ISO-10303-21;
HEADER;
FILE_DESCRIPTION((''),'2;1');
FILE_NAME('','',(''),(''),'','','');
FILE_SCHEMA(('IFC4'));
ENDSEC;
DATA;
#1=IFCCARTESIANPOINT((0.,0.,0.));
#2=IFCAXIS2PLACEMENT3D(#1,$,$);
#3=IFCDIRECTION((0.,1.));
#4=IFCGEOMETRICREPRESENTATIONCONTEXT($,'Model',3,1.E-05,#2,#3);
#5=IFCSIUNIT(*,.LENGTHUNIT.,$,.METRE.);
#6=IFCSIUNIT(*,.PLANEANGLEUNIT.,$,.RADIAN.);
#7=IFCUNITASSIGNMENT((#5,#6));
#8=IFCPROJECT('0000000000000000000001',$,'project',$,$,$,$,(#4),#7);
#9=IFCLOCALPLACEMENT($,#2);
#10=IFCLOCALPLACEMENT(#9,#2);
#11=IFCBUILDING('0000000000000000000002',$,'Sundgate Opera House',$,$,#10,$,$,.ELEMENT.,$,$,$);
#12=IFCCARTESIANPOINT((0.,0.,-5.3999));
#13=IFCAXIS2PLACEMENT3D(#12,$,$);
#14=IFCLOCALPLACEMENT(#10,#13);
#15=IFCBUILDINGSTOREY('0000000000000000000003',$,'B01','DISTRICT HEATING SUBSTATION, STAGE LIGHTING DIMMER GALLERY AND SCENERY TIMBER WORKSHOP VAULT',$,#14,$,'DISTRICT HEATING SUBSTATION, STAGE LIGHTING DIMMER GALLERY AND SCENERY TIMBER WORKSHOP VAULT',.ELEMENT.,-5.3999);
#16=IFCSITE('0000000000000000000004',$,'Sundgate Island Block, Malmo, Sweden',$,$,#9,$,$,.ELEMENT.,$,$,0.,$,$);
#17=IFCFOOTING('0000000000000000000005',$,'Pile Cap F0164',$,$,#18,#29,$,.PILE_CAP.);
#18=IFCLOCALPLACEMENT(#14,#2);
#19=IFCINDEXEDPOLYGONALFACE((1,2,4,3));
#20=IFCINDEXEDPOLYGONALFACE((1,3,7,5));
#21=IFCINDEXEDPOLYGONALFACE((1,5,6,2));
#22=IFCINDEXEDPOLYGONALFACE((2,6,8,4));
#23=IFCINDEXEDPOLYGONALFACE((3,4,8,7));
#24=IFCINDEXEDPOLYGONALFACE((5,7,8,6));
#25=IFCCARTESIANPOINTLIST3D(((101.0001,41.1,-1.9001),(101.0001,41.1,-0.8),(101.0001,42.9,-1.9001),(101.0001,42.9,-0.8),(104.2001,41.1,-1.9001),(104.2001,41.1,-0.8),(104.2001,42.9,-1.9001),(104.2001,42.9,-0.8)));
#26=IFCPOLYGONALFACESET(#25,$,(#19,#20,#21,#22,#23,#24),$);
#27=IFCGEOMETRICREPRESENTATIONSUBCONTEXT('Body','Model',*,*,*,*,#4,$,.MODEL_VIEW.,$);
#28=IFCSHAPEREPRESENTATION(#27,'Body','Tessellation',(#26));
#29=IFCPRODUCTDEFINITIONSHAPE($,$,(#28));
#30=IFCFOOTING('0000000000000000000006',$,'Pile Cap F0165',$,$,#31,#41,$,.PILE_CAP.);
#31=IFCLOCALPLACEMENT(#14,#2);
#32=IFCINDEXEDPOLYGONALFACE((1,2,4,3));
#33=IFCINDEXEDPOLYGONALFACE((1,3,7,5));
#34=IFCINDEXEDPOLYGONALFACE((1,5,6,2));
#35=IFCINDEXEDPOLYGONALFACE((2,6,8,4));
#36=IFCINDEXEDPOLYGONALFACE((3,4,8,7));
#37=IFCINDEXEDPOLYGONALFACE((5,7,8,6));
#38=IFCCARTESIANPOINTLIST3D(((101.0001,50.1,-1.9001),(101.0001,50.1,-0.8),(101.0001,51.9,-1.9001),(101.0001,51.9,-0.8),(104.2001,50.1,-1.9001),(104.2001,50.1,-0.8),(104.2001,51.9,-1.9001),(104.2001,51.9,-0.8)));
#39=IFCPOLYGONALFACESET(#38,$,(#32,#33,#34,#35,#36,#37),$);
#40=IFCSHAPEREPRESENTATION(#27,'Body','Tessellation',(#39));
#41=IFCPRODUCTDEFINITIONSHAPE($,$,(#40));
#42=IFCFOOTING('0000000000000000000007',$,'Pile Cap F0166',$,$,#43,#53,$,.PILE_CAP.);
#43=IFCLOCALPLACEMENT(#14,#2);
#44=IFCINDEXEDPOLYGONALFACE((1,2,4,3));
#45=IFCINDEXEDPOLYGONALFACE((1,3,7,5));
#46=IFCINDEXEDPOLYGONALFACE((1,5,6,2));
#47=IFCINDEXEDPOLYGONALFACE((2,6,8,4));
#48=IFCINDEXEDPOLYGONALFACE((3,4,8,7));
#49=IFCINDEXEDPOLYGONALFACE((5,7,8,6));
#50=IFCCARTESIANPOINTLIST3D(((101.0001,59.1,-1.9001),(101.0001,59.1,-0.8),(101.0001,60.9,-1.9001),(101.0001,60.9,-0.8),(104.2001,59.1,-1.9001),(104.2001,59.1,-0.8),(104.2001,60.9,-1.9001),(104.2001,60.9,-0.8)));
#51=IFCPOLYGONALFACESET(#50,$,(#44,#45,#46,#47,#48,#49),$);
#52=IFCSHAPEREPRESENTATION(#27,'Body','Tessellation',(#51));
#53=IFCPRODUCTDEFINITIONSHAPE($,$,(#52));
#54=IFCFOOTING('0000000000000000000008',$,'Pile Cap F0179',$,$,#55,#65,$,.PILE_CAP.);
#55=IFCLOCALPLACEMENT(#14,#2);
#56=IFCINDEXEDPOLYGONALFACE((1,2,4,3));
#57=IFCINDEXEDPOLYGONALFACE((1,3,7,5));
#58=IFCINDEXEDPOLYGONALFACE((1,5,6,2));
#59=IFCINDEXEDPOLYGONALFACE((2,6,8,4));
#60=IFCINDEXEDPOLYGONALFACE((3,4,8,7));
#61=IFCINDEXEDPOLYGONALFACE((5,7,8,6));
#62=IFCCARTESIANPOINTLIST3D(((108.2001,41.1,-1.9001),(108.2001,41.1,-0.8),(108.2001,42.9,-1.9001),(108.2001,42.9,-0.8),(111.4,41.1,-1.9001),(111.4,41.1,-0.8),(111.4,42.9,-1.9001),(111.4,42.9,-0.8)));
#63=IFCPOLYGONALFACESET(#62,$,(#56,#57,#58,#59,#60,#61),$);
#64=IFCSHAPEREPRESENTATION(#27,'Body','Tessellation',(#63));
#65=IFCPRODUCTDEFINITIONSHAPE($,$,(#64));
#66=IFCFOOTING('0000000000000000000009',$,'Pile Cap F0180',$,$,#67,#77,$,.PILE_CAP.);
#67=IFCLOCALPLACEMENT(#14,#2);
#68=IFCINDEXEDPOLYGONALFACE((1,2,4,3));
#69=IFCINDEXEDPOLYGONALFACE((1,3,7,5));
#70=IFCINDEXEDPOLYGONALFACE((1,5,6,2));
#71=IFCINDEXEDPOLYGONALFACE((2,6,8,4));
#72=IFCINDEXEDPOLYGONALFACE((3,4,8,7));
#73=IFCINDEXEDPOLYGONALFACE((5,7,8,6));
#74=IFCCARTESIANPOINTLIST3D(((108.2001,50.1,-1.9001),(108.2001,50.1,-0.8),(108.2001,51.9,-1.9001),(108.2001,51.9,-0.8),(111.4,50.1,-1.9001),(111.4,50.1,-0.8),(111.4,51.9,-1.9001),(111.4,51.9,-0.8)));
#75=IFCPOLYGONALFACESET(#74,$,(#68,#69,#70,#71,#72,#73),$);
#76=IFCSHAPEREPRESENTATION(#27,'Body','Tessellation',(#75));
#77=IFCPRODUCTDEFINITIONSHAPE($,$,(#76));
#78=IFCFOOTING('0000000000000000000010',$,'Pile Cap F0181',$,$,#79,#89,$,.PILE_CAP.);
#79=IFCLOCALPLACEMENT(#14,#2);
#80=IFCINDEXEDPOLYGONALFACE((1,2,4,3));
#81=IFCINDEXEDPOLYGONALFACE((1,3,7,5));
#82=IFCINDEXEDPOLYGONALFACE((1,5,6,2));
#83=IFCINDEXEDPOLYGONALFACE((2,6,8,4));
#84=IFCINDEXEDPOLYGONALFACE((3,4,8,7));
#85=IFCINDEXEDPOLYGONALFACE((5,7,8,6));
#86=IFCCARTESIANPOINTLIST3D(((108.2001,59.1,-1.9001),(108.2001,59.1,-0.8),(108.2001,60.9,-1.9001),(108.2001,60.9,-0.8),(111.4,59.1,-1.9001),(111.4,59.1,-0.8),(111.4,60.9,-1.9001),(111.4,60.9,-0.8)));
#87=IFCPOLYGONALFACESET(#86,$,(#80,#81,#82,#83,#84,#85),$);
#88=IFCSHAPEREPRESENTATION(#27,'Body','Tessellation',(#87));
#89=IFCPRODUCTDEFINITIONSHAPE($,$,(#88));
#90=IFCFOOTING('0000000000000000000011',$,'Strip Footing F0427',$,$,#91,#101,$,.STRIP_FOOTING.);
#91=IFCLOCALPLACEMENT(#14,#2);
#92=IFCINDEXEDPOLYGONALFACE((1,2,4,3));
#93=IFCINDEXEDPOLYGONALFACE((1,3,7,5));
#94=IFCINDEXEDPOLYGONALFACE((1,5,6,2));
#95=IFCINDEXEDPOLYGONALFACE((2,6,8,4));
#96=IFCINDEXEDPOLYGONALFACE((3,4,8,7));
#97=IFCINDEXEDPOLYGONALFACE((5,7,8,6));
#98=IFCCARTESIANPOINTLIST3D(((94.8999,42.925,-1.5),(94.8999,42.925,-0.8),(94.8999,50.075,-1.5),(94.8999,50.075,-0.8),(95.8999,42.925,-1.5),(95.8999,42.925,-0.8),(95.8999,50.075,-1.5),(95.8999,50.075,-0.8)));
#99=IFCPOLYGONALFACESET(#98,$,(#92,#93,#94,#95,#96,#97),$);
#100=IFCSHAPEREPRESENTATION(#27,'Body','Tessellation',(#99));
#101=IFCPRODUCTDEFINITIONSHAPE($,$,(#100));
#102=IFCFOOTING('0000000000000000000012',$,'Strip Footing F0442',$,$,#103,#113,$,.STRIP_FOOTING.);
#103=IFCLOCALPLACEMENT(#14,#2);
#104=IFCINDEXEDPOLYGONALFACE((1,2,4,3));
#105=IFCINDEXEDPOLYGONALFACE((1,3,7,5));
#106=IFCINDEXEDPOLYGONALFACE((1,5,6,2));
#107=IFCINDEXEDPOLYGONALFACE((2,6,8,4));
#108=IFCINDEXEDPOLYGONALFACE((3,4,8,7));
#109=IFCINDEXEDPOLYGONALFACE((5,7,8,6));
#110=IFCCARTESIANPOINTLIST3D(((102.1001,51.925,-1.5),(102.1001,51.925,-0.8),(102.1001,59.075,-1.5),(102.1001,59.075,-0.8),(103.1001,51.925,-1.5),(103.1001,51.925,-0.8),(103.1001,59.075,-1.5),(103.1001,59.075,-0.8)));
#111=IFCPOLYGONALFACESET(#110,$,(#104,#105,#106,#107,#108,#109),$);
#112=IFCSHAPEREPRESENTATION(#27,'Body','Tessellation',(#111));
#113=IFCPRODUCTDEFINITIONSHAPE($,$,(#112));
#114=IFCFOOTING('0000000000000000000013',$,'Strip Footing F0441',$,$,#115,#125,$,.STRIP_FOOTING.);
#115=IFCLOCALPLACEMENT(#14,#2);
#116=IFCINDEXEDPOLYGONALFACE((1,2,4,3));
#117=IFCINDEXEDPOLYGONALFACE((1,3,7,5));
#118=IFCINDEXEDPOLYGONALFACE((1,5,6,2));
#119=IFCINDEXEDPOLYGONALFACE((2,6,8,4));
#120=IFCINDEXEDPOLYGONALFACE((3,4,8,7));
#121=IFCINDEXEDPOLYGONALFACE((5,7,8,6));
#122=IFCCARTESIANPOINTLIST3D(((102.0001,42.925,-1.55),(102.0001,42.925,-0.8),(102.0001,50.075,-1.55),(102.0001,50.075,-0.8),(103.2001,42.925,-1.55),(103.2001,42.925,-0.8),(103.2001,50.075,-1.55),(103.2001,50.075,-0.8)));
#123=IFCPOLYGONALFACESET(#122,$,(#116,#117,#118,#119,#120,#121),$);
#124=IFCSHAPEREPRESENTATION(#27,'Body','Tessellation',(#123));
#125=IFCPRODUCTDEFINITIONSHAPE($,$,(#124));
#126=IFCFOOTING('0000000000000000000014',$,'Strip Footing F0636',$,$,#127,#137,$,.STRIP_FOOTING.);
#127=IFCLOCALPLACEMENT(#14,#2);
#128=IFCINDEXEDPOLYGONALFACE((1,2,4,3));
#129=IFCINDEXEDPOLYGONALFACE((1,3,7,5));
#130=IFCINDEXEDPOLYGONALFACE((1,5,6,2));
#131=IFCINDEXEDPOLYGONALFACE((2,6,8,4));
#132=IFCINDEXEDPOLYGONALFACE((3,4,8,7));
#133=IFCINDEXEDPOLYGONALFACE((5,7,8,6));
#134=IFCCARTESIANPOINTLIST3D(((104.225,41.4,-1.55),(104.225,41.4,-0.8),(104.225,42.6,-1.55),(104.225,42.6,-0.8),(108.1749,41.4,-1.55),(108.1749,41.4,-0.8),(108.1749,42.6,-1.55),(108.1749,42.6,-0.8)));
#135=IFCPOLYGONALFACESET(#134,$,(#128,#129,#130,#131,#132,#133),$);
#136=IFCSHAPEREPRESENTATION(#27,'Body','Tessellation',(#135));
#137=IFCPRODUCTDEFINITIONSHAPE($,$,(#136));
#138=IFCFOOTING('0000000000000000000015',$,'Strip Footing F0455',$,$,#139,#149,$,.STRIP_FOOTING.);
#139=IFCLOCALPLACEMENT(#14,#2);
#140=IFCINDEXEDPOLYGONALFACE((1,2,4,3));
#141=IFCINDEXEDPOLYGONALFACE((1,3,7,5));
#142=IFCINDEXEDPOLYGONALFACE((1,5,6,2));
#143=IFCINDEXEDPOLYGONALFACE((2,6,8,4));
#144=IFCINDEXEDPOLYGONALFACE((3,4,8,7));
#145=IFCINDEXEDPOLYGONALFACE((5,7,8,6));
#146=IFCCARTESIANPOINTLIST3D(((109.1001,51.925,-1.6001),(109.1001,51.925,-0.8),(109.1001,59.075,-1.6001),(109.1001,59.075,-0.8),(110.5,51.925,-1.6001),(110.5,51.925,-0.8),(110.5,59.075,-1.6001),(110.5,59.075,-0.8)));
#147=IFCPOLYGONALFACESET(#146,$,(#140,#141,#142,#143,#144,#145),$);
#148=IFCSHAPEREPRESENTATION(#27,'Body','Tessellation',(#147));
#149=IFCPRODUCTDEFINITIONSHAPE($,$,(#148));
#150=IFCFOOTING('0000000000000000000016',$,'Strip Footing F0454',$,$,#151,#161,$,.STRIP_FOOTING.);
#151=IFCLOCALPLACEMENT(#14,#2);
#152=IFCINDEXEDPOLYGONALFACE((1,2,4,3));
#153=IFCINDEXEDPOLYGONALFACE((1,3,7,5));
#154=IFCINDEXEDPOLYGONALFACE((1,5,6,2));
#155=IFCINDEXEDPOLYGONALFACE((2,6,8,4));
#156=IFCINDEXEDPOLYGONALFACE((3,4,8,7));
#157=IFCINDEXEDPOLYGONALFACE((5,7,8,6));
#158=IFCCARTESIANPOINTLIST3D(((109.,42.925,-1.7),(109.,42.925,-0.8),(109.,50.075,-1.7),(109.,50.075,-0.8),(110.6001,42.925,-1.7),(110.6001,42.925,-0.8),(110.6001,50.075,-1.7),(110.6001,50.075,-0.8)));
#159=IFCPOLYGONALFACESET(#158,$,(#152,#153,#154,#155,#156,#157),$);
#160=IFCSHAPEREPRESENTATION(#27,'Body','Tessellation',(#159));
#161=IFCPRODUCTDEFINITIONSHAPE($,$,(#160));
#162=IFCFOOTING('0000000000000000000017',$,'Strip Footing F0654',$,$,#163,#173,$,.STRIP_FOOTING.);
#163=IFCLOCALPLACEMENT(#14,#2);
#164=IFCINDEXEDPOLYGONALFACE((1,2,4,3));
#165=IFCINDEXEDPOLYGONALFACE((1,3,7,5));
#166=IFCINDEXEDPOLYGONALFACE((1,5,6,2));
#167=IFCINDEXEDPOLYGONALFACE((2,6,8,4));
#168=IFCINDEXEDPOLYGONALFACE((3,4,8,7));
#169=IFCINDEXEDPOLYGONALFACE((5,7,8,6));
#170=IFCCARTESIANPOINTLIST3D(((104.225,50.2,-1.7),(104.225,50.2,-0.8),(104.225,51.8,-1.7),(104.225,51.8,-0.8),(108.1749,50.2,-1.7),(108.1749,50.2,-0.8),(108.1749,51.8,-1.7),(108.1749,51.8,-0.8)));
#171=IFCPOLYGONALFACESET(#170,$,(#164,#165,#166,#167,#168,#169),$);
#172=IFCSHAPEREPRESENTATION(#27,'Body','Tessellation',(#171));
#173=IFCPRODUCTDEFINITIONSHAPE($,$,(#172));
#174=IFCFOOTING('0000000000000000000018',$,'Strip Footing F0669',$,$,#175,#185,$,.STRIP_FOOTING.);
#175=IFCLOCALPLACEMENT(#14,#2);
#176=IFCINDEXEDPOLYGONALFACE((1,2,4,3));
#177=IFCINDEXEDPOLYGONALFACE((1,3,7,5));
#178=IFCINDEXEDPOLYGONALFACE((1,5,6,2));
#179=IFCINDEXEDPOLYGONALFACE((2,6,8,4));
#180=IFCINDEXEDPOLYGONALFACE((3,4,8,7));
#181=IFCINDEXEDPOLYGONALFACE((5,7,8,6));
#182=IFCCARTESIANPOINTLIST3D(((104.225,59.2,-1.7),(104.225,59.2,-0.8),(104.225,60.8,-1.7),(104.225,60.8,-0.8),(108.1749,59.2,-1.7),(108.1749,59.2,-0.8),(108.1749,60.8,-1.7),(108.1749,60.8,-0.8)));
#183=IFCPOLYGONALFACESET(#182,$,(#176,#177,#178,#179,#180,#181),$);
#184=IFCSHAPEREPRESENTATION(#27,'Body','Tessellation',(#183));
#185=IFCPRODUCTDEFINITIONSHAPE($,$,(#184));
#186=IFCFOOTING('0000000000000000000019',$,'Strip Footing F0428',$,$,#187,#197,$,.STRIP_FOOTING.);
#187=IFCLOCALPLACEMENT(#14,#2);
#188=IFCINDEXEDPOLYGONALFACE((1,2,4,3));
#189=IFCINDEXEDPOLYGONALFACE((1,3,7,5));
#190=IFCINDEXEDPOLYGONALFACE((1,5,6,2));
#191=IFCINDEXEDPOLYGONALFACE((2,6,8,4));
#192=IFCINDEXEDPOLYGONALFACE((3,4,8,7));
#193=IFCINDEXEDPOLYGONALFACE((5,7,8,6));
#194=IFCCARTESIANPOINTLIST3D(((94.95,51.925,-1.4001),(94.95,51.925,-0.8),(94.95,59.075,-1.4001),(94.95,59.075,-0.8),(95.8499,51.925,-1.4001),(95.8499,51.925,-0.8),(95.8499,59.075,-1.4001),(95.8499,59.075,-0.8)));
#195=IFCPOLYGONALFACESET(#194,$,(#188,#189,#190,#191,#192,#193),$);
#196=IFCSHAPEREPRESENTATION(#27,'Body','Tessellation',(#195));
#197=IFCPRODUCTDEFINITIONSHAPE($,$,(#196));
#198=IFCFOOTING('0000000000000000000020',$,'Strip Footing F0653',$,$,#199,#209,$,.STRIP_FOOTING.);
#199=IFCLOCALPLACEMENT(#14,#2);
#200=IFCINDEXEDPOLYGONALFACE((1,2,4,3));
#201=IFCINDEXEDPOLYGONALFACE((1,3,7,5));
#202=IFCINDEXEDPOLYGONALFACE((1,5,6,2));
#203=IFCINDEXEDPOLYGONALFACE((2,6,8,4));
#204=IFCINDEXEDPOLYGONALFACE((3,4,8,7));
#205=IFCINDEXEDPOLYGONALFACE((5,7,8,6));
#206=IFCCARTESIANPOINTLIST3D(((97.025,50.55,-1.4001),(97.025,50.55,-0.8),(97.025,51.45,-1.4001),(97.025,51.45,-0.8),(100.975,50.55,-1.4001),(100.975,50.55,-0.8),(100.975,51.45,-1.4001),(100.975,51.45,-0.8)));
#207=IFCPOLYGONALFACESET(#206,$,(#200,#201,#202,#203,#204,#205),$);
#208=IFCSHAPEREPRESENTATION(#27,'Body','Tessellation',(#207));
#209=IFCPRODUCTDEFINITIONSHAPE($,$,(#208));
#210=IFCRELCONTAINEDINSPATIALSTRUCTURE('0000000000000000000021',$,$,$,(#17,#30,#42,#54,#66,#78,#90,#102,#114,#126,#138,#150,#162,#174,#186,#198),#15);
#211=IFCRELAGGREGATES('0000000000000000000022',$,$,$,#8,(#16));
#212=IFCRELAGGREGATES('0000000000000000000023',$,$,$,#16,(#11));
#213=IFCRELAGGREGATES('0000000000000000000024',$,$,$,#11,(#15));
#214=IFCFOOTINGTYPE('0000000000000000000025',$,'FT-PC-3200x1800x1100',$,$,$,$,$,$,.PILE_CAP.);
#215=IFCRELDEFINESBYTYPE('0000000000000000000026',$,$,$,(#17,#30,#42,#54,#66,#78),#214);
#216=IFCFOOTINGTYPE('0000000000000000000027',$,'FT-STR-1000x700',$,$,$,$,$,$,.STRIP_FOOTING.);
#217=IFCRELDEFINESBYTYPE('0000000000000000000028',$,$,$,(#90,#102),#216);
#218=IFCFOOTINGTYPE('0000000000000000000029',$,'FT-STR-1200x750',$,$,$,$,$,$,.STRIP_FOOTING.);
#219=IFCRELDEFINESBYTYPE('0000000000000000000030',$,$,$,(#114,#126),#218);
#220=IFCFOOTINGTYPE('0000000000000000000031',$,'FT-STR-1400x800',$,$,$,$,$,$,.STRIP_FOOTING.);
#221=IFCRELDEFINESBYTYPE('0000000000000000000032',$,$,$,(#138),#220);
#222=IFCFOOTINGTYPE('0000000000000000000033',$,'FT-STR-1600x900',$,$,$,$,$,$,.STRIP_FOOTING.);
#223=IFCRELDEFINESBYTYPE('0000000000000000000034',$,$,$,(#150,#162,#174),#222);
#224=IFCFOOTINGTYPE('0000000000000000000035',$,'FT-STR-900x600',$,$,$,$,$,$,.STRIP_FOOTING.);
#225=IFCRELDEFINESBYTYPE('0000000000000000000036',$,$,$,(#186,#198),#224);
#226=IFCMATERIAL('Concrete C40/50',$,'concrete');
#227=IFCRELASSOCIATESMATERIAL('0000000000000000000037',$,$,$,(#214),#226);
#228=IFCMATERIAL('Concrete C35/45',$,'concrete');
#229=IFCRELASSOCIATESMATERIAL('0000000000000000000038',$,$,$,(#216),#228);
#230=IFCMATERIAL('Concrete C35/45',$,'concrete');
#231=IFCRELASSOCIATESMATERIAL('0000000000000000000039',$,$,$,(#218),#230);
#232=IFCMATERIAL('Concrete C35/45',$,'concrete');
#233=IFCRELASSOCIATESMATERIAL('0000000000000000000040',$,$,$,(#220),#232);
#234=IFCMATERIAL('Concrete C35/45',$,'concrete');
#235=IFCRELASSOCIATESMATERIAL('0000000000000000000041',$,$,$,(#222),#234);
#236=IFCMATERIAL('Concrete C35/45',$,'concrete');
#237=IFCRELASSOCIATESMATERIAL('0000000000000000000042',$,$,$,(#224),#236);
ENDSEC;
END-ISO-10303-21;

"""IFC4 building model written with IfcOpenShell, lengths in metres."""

from ifc_helpers import new_model, si_unit, direction, frame, origin, origin_2d, place, context, subcontext, project, spatial, rectangle, extrude, material, type_object, element, save


model = new_model("IFC4")

# Units and contexts
model_context = context("Model", 3, precision=1e-05, world=origin(), true_north=direction((0.0, 1.0)))
body_context = subcontext(model_context, "Body", "Model", "MODEL_VIEW")
ifc_project = project(units=[si_unit("LENGTHUNIT", "METRE"), si_unit("PLANEANGLEUNIT", "RADIAN")], contexts=[model_context])

# Site, building, storey
site_placement = place(None, origin())
site = spatial("IfcSite", under=ifc_project, at=site_placement, Name="Sundgate Island Block, Malmo, Sweden", CompositionType="ELEMENT", RefElevation=0.0)
building_placement = place(site_placement, origin())
building = spatial("IfcBuilding", under=site, at=building_placement, Name="Sundgate Opera House", CompositionType="ELEMENT")
storey_placement = place(building_placement, frame((0.0, 0.0, -5.3999)))
storey = spatial("IfcBuildingStorey", under=building, at=storey_placement, Name="B01", Description="DISTRICT HEATING SUBSTATION, STAGE LIGHTING DIMMER GALLERY AND SCENERY TIMBER WORKSHOP VAULT", LongName="DISTRICT HEATING SUBSTATION, STAGE LIGHTING DIMMER GALLERY AND SCENERY TIMBER WORKSHOP VAULT", CompositionType="ELEMENT", Elevation=-5.3999)

# Footings
ifc_material_1 = material(Name="Concrete C40/50", Category="concrete")
footing_type_1 = type_object("IfcFootingType", Name="FT-PC-3200x1800x1100", PredefinedType="PILE_CAP", material=ifc_material_1)
for number, where, z_axis, x_axis, name in (
    (1, (102.6001, 42.0, -1.9001), (0.0, 0.0, 1.0), (1.0, 0.0, 0.0), "Pile Cap F0164"),
    (2, (102.6001, 51.0, -1.9001), (0.0, 0.0, 1.0), (1.0, 0.0, 0.0), "Pile Cap F0165"),
    (3, (102.6001, 60.0, -1.9001), (0.0, 0.0, 1.0), (1.0, 0.0, 0.0), "Pile Cap F0166"),
    (4, (109.8, 42.0, -1.9001), (0.0, 0.0, 1.0), (1.0, 0.0, 0.0), "Pile Cap F0179"),
    (5, (109.8, 51.0, -1.9001), (0.0, 0.0, 1.0), (1.0, 0.0, 0.0), "Pile Cap F0180"),
    (6, (109.8, 60.0, -1.9001), (0.0, 0.0, 1.0), (1.0, 0.0, 0.0), "Pile Cap F0181"),
):
    element("IfcFooting", number, at=place(storey_placement, frame(where, z_axis=z_axis, x_axis=x_axis)), inside=storey, type_object=footing_type_1, Name=name, PredefinedType="PILE_CAP", context=body_context, shape_type="SweptSolid", body=[
        extrude(rectangle(XDim=3.2, YDim=1.8, at=origin_2d()), origin(), (0.0, 0.0, 1.0), 1.1001),
    ])
ifc_material_2 = material(Name="Concrete C35/45", Category="concrete")
footing_type_2 = type_object("IfcFootingType", Name="FT-STR-1000x700", PredefinedType="STRIP_FOOTING", material=ifc_material_2)
for number, where, z_axis, x_axis, name in (
    (7, (95.3999, 46.5, -1.5), (0.0, 0.0, 1.0), (1.0, 0.0, 0.0), "Strip Footing F0427"),
    (8, (102.6001, 55.5, -1.5), (0.0, 0.0, 1.0), (1.0, 0.0, 0.0), "Strip Footing F0442"),
):
    element("IfcFooting", number, at=place(storey_placement, frame(where, z_axis=z_axis, x_axis=x_axis)), inside=storey, type_object=footing_type_2, Name=name, PredefinedType="STRIP_FOOTING", context=body_context, shape_type="SweptSolid", body=[
        extrude(rectangle(XDim=1.0, YDim=7.1499, at=origin_2d()), origin(), (0.0, 0.0, 1.0), 0.7),
    ])
ifc_material_3 = material(Name="Concrete C35/45", Category="concrete")
footing_type_3 = type_object("IfcFootingType", Name="FT-STR-1200x750", PredefinedType="STRIP_FOOTING", material=ifc_material_3)
footing_1_placement = place(storey_placement, frame((102.6001, 46.5, -1.55), z_axis=(0.0, 0.0, 1.0), x_axis=(1.0, 0.0, 0.0)))
element("IfcFooting", 9, at=footing_1_placement, inside=storey, type_object=footing_type_3, Name="Strip Footing F0441", PredefinedType="STRIP_FOOTING", context=body_context, shape_type="SweptSolid", body=[
    extrude(rectangle(XDim=1.2, YDim=7.1499, at=origin_2d()), origin(), (0.0, 0.0, 1.0), 0.75),
])
footing_2_placement = place(storey_placement, frame((106.2, 42.0, -1.55), z_axis=(0.0, 0.0, 1.0), x_axis=(1.0, 0.0, 0.0)))
element("IfcFooting", 10, at=footing_2_placement, inside=storey, type_object=footing_type_3, Name="Strip Footing F0636", PredefinedType="STRIP_FOOTING", context=body_context, shape_type="SweptSolid", body=[
    extrude(rectangle(XDim=3.95, YDim=1.2, at=origin_2d()), origin(), (0.0, 0.0, 1.0), 0.75),
])
ifc_material_4 = material(Name="Concrete C35/45", Category="concrete")
footing_type_4 = type_object("IfcFootingType", Name="FT-STR-1400x800", PredefinedType="STRIP_FOOTING", material=ifc_material_4)
footing_3_placement = place(storey_placement, frame((109.8, 55.5, -1.6001), z_axis=(0.0, 0.0, 1.0), x_axis=(1.0, 0.0, 0.0)))
element("IfcFooting", 11, at=footing_3_placement, inside=storey, type_object=footing_type_4, Name="Strip Footing F0455", PredefinedType="STRIP_FOOTING", context=body_context, shape_type="SweptSolid", body=[
    extrude(rectangle(XDim=1.3999, YDim=7.1499, at=origin_2d()), origin(), (0.0, 0.0, 1.0), 0.8),
])
ifc_material_5 = material(Name="Concrete C35/45", Category="concrete")
footing_type_5 = type_object("IfcFootingType", Name="FT-STR-1600x900", PredefinedType="STRIP_FOOTING", material=ifc_material_5)
footing_4_placement = place(storey_placement, frame((109.8, 46.5, -1.7), z_axis=(0.0, 0.0, 1.0), x_axis=(1.0, 0.0, 0.0)))
element("IfcFooting", 12, at=footing_4_placement, inside=storey, type_object=footing_type_5, Name="Strip Footing F0454", PredefinedType="STRIP_FOOTING", context=body_context, shape_type="SweptSolid", body=[
    extrude(rectangle(XDim=1.6001, YDim=7.1499, at=origin_2d()), origin(), (0.0, 0.0, 1.0), 0.8999),
])
for number, where, z_axis, x_axis, name in (
    (13, (106.2, 51.0, -1.7), (0.0, 0.0, 1.0), (1.0, 0.0, 0.0), "Strip Footing F0654"),
    (14, (106.2, 60.0, -1.7), (0.0, 0.0, 1.0), (1.0, 0.0, 0.0), "Strip Footing F0669"),
):
    element("IfcFooting", number, at=place(storey_placement, frame(where, z_axis=z_axis, x_axis=x_axis)), inside=storey, type_object=footing_type_5, Name=name, PredefinedType="STRIP_FOOTING", context=body_context, shape_type="SweptSolid", body=[
        extrude(rectangle(XDim=3.95, YDim=1.6001, at=origin_2d()), origin(), (0.0, 0.0, 1.0), 0.8999),
    ])
ifc_material_6 = material(Name="Concrete C35/45", Category="concrete")
footing_type_6 = type_object("IfcFootingType", Name="FT-STR-900x600", PredefinedType="STRIP_FOOTING", material=ifc_material_6)
footing_5_placement = place(storey_placement, frame((95.3999, 55.5, -1.4001), z_axis=(0.0, 0.0, 1.0), x_axis=(1.0, 0.0, 0.0)))
element("IfcFooting", 15, at=footing_5_placement, inside=storey, type_object=footing_type_6, Name="Strip Footing F0428", PredefinedType="STRIP_FOOTING", context=body_context, shape_type="SweptSolid", body=[
    extrude(rectangle(XDim=0.8999, YDim=7.1499, at=origin_2d()), origin(), (0.0, 0.0, 1.0), 0.6001),
])
for number, where, z_axis, x_axis, name in (
    (16, (99.0, 51.0, -1.4001), (0.0, 0.0, 1.0), (1.0, 0.0, 0.0), "Strip Footing F0653"),
):
    element("IfcFooting", number, at=place(storey_placement, frame(where, z_axis=z_axis, x_axis=x_axis)), inside=storey, type_object=footing_type_6, Name=name, PredefinedType="STRIP_FOOTING", context=body_context, shape_type="SweptSolid", body=[
        extrude(rectangle(XDim=3.95, YDim=0.8999, at=origin_2d()), origin(), (0.0, 0.0, 1.0), 0.6001),
    ])

save(model, "model.ifc")
